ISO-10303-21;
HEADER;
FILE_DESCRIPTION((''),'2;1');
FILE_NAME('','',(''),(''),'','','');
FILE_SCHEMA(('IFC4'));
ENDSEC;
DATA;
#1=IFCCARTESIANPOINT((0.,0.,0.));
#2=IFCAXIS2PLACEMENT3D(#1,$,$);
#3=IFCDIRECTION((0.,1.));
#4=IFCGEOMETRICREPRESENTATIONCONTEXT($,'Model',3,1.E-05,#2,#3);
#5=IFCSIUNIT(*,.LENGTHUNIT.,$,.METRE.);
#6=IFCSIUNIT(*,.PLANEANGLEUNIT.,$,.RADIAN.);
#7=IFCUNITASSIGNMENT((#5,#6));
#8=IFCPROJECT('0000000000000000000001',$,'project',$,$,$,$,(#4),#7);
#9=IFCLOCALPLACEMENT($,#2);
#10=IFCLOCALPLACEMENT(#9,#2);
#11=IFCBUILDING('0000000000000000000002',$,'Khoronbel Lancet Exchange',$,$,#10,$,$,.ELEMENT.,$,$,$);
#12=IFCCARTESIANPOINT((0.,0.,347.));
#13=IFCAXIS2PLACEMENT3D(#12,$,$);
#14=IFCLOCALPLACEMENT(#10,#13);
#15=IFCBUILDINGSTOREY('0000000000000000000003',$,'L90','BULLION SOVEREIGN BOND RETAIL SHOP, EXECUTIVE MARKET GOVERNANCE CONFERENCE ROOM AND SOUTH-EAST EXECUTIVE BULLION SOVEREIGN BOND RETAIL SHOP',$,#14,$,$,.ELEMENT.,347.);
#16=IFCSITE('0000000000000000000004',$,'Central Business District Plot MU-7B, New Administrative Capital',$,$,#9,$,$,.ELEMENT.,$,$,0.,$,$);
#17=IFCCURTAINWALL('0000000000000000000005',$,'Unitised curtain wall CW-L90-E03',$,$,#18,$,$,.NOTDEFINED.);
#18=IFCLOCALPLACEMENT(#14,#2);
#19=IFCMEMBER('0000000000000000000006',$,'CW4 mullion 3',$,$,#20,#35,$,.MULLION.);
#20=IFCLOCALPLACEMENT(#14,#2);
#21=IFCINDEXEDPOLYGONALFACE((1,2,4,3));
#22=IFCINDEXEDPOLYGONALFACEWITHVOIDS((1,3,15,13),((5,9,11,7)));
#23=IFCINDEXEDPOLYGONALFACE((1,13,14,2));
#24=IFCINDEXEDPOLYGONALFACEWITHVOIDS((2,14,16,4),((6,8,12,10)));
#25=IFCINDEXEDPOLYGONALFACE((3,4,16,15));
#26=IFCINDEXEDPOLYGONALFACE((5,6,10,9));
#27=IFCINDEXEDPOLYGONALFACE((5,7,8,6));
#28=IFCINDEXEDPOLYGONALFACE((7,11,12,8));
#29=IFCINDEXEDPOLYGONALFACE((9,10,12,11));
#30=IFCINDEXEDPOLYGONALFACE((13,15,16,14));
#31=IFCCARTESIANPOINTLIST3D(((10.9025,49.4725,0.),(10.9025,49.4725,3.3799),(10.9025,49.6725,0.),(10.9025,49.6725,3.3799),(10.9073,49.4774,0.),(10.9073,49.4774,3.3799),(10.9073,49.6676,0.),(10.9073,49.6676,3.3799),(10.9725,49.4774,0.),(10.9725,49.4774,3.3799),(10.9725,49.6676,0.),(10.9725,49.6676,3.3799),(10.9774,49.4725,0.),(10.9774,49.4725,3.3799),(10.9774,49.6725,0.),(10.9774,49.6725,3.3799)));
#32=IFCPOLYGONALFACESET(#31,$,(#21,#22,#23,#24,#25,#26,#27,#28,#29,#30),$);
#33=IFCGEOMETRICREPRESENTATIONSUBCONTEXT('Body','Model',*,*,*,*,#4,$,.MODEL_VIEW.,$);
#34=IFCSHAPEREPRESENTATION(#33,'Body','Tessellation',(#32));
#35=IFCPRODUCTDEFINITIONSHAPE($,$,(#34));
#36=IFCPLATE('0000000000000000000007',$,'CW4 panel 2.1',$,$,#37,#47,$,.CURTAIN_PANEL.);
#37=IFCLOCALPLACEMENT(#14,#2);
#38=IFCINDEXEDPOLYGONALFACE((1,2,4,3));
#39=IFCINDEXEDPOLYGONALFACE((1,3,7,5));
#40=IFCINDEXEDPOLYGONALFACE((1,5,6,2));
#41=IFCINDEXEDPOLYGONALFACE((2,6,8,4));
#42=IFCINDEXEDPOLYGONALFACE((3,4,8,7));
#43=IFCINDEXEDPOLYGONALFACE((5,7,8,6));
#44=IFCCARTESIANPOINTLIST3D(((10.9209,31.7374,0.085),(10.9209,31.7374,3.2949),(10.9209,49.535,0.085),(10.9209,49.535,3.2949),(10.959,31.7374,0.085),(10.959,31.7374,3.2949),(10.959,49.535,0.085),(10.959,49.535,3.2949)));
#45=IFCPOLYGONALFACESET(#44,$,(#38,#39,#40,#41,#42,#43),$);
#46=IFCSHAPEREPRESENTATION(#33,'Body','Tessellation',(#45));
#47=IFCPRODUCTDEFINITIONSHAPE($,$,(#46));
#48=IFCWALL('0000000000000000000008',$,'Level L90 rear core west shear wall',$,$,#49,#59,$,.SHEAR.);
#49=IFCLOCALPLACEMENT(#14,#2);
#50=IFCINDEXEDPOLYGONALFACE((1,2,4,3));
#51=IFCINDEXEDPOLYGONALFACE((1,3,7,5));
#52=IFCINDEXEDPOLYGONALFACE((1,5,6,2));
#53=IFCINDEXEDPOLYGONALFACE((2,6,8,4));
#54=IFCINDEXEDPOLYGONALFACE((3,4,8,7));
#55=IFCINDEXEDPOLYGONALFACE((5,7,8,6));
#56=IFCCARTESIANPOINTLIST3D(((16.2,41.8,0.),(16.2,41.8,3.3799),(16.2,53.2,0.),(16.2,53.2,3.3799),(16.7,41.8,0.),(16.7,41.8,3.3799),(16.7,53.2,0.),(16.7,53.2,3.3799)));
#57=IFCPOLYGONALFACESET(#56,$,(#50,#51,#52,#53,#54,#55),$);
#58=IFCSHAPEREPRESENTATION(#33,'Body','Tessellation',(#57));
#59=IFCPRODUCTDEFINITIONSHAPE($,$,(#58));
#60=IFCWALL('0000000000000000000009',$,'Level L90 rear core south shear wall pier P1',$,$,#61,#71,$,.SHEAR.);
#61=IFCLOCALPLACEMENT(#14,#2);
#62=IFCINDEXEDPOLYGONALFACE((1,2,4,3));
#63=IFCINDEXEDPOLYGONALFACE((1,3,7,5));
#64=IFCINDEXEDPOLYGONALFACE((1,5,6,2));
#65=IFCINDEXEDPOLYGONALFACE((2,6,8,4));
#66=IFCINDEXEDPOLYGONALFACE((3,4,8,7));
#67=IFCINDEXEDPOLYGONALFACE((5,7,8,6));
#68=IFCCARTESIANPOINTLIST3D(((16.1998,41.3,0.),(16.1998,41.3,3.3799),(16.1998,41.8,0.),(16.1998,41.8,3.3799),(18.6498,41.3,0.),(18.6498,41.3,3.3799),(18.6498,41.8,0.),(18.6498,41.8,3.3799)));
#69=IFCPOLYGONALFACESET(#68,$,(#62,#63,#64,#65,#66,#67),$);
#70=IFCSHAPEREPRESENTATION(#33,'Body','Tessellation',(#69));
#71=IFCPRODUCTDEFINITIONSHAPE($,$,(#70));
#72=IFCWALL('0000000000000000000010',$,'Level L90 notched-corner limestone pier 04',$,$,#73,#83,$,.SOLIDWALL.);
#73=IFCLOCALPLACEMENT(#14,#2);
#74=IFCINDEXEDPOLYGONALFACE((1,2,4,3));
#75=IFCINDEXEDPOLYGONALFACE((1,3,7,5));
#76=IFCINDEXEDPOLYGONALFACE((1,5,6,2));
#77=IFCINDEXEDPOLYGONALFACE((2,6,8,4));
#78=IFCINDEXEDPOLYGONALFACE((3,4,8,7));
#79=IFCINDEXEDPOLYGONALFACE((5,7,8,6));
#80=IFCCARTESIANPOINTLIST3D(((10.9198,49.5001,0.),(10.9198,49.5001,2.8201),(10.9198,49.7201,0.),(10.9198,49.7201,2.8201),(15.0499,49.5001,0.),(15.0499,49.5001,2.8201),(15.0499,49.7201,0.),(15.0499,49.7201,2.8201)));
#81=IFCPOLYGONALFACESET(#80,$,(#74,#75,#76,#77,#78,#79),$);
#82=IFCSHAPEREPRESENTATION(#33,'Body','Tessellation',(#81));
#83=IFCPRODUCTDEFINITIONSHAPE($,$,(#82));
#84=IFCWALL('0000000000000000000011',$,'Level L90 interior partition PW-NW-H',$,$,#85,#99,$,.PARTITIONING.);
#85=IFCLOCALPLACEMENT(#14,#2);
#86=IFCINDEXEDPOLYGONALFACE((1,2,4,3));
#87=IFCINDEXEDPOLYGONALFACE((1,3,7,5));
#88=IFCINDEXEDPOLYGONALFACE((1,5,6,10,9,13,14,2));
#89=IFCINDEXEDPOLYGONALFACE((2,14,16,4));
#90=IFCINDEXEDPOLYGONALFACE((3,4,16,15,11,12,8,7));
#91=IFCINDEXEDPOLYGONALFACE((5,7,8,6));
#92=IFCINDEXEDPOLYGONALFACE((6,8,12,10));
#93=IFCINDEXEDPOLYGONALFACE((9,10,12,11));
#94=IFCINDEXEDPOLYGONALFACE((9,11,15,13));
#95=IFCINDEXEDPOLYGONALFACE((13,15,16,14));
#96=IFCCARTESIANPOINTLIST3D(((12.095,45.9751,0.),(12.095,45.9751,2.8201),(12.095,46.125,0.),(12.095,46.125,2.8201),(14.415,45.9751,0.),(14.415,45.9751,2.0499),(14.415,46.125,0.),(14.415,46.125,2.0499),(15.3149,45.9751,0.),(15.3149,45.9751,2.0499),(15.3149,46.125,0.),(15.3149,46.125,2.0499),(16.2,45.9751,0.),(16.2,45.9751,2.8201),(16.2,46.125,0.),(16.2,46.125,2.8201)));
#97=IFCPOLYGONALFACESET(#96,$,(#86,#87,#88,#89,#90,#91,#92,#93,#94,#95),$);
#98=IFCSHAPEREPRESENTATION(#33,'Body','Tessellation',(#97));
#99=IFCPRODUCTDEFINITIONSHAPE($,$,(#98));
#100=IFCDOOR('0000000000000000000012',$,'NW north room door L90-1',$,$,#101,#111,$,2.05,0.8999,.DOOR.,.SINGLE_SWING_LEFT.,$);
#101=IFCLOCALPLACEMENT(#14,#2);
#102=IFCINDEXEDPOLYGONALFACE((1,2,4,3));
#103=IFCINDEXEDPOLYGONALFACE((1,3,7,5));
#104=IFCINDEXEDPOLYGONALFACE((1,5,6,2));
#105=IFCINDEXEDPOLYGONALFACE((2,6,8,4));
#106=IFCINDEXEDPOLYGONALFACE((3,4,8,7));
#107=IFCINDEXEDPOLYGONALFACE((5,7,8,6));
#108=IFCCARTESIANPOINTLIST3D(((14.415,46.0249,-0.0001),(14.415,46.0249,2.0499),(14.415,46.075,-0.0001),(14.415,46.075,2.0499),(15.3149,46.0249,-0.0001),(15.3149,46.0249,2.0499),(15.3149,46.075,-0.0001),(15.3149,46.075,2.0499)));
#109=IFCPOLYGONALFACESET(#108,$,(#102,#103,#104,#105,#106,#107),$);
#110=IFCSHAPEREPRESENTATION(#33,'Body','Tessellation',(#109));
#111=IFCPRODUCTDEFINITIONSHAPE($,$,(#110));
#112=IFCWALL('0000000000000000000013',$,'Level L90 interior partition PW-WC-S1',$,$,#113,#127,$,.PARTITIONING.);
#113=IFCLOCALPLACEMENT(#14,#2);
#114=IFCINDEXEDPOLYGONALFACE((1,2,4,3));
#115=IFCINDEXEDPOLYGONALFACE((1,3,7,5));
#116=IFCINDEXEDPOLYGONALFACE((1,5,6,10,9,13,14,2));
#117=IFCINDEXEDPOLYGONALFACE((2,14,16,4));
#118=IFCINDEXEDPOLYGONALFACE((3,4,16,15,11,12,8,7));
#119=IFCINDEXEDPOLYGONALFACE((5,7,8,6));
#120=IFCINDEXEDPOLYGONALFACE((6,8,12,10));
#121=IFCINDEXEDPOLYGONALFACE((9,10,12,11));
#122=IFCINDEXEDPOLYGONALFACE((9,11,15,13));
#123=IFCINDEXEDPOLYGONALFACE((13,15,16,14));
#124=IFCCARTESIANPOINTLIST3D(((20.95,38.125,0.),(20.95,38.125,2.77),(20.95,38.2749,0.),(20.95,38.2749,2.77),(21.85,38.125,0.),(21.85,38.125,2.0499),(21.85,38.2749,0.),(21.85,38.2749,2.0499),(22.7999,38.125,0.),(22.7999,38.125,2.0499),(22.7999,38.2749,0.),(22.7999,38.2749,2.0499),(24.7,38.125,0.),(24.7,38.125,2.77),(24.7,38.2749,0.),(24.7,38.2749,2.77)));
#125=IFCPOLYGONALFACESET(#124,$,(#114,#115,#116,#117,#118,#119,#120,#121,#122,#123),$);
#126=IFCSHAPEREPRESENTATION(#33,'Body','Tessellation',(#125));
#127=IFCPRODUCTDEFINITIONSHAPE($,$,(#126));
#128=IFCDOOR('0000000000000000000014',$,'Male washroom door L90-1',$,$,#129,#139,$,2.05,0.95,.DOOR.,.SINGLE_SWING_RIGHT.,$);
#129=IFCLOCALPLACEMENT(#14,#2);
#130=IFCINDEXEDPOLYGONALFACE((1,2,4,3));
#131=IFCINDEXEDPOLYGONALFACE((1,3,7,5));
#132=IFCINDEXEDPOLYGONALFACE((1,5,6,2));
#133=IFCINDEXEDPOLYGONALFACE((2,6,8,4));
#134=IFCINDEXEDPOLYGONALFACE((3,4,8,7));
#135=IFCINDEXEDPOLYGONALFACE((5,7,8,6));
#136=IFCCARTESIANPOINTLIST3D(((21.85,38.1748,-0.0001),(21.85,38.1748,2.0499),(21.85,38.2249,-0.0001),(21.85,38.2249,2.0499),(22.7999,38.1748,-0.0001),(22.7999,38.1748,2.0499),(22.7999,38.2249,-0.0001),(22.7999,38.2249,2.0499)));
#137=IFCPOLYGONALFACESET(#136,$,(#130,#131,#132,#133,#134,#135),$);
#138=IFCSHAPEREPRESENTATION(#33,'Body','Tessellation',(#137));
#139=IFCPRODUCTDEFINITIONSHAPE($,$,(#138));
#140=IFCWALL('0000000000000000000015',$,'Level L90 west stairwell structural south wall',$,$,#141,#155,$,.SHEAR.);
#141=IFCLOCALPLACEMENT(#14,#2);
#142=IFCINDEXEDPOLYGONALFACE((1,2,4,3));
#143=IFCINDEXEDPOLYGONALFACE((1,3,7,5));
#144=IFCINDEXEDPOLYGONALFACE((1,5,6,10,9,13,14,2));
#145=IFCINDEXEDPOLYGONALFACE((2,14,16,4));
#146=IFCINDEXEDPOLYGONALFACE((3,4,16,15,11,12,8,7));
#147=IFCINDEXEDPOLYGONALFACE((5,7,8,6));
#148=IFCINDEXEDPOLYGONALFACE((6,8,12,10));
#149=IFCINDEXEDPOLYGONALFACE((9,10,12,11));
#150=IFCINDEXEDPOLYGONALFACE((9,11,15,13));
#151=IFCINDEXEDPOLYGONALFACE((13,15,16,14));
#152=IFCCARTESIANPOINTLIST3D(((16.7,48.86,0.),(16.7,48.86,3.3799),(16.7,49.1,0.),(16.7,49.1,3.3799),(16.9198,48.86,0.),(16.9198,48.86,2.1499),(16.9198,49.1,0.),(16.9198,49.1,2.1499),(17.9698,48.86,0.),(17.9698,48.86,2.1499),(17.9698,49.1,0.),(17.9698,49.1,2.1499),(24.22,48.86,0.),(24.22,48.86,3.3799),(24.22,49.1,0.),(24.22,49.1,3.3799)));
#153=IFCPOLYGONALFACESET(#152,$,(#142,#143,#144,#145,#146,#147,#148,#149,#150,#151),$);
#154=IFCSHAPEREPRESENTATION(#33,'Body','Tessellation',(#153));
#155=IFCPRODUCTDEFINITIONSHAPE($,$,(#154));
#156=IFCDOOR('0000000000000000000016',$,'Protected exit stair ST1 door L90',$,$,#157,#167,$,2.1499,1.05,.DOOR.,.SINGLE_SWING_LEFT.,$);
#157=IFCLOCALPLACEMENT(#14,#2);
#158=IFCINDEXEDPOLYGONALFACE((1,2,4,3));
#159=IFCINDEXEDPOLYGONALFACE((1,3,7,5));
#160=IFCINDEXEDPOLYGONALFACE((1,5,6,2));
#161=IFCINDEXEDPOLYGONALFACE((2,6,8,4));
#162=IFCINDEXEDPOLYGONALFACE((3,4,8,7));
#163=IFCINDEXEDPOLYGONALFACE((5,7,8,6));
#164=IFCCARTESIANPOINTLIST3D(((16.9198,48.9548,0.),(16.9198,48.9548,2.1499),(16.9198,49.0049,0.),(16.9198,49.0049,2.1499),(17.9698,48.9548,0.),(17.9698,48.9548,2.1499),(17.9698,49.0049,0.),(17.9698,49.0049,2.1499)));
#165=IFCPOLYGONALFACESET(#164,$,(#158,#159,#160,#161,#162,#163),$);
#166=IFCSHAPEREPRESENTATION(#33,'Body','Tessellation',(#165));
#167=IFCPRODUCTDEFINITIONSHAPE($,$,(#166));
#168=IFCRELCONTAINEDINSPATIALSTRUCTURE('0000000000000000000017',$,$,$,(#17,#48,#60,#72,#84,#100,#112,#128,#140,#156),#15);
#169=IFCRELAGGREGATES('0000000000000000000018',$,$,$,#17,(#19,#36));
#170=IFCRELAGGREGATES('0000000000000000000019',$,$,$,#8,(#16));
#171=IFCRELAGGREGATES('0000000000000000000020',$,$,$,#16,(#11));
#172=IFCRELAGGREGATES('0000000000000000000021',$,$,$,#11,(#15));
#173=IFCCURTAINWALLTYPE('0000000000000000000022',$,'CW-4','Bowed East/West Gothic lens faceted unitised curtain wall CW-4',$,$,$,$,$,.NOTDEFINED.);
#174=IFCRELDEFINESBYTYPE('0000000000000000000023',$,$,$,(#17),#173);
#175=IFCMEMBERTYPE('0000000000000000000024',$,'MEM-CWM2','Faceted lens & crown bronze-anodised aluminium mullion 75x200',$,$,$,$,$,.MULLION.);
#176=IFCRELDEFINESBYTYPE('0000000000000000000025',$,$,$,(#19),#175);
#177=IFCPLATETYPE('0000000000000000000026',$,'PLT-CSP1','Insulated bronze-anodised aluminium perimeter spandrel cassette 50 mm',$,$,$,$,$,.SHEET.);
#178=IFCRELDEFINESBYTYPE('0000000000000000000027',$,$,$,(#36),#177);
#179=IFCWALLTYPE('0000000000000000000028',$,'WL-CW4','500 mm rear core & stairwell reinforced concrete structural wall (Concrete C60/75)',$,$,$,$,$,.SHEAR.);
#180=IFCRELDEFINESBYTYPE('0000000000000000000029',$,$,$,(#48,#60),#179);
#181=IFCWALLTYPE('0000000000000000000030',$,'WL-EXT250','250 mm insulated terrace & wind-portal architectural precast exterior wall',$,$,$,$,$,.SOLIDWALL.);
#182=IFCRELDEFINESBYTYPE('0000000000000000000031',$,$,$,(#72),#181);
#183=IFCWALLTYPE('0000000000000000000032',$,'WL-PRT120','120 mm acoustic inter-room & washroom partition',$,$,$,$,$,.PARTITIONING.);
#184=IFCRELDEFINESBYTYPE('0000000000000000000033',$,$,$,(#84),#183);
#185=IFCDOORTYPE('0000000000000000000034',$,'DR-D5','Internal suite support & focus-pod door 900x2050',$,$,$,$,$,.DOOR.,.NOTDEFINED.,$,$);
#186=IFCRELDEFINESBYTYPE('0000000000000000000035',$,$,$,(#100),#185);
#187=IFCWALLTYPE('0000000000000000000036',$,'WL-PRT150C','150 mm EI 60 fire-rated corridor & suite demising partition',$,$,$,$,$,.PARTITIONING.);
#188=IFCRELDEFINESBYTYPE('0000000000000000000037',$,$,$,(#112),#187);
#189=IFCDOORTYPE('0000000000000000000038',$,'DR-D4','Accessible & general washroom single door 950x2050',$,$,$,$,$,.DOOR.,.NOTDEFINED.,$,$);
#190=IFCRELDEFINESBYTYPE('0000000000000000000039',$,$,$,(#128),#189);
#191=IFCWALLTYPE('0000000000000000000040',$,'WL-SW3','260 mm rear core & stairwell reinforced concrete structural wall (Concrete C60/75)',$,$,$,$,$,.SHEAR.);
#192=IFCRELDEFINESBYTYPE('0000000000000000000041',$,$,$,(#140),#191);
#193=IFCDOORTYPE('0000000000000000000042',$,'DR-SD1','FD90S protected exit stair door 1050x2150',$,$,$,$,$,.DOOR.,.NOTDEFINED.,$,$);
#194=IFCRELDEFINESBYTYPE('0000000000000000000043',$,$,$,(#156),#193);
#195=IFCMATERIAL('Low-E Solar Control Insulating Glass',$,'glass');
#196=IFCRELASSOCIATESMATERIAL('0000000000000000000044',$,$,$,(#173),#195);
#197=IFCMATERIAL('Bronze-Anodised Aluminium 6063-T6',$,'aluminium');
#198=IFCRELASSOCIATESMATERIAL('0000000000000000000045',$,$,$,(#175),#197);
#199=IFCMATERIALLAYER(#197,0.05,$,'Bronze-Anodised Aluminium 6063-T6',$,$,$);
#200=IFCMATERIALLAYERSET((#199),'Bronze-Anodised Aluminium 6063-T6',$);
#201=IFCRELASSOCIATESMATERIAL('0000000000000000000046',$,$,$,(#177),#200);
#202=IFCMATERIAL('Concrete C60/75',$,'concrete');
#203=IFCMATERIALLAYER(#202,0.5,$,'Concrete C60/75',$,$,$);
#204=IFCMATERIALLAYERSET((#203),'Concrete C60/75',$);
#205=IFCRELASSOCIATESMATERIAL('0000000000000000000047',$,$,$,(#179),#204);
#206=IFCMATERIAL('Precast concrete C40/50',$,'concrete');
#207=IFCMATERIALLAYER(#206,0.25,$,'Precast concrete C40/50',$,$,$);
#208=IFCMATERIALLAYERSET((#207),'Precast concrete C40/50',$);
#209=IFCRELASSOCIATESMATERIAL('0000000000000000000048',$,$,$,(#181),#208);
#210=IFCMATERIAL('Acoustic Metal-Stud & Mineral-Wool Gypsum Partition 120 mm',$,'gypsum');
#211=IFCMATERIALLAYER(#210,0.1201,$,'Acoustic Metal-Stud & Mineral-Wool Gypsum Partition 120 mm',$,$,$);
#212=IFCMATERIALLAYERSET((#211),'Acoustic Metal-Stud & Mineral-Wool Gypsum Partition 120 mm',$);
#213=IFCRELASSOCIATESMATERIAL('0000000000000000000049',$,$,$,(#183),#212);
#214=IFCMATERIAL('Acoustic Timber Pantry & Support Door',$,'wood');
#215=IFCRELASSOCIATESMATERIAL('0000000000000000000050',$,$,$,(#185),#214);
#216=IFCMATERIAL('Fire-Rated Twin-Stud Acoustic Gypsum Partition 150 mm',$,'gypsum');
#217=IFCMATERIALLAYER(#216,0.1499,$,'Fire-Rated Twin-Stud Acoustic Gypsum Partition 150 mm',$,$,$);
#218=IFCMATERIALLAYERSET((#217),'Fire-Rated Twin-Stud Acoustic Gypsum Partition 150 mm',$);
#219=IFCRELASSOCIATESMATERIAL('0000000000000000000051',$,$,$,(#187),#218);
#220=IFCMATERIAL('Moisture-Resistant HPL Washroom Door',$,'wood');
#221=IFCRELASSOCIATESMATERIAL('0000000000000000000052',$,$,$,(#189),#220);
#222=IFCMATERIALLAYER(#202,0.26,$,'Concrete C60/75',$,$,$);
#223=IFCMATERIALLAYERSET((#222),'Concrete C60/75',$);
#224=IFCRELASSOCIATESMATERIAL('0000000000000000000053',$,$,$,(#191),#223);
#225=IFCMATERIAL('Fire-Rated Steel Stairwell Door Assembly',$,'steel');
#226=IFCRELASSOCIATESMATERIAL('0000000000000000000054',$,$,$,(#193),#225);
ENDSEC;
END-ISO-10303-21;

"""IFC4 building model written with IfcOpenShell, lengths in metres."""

from ifc_helpers import new_model, si_unit, direction, frame, frame_2d, origin, origin_2d, place, context, subcontext, project, spatial, rectangle, hollow_rectangle, extrude, material, layer, layer_set, material_profile, profile_set, type_object, element, fill, aggregate, save


model = new_model("IFC4")

# Units and contexts
model_context = context("Model", 3, precision=1e-05, world=origin(), true_north=direction((0.0, 1.0)))
body_context = subcontext(model_context, "Body", "Model", "MODEL_VIEW")
ifc_project = project(units=[si_unit("LENGTHUNIT", "METRE"), si_unit("PLANEANGLEUNIT", "RADIAN")], contexts=[model_context])

# Site, building, storey
site_placement = place(None, origin())
site = spatial("IfcSite", under=ifc_project, at=site_placement, Name="Central Business District Plot MU-7B, New Administrative Capital", CompositionType="ELEMENT", RefElevation=0.0)
building_placement = place(site_placement, origin())
building = spatial("IfcBuilding", under=site, at=building_placement, Name="Khoronbel Lancet Exchange", CompositionType="ELEMENT")
storey_placement = place(building_placement, frame((0.0, 0.0, 347.0)))
storey = spatial("IfcBuildingStorey", under=building, at=storey_placement, Name="L90", Description="BULLION SOVEREIGN BOND RETAIL SHOP, EXECUTIVE MARKET GOVERNANCE CONFERENCE ROOM AND SOUTH-EAST EXECUTIVE BULLION SOVEREIGN BOND RETAIL SHOP", CompositionType="ELEMENT", Elevation=347.0)

# Shared definitions
ifc_material_1 = material(Name="Concrete C60/75", Category="concrete")

# Curtain wall, member, plate
ifc_material_2 = material(Name="Low-E Solar Control Insulating Glass", Category="glass")
curtain_wall_type = type_object("IfcCurtainWallType", Name="CW-4", Description="Bowed East/West Gothic lens faceted unitised curtain wall CW-4", PredefinedType="NOTDEFINED", material=ifc_material_2)
curtain_wall_placement = place(storey_placement, origin())
curtain_wall = element("IfcCurtainWall", 1, at=curtain_wall_placement, inside=storey, type_object=curtain_wall_type, Name="Unitised curtain wall CW-L90-E03", PredefinedType="NOTDEFINED")
ifc_material_3 = material(Name="Bronze-Anodised Aluminium 6063-T6", Category="aluminium")
ifc_material_profile_1 = material_profile(ifc_material_3, hollow_rectangle(XDim=0.075, YDim=0.2, WallThickness=0.0049, at=origin_2d()), Name="ALU MULLION 75x200")
ifc_profile_set_1 = profile_set([ifc_material_profile_1], Name="Bronze-Anodised Aluminium 6063-T6")
member_type = type_object("IfcMemberType", Name="MEM-CWM2", Description="Faceted lens & crown bronze-anodised aluminium mullion 75x200", PredefinedType="MULLION", material=ifc_profile_set_1)
member_placement = place(storey_placement, frame((10.9399, 49.5725, 0.0), z_axis=(0.0, 0.0, 1.0), x_axis=(-1.0, 0.0, 0.0)))
member = element("IfcMember", 2, at=member_placement, type_object=member_type, Name="CW4 mullion 3", PredefinedType="MULLION", context=body_context, shape_type="SweptSolid", body=[
    extrude(hollow_rectangle(XDim=0.075, YDim=0.2, WallThickness=0.0049, at=origin_2d()), origin(), (0.0, 0.0, 1.0), 3.3799),
])
ifc_layer_1 = layer(ifc_material_3, 0.05, Name="Bronze-Anodised Aluminium 6063-T6")
ifc_layer_set_1 = layer_set([ifc_layer_1], Name="Bronze-Anodised Aluminium 6063-T6")
plate_type = type_object("IfcPlateType", Name="PLT-CSP1", Description="Insulated bronze-anodised aluminium perimeter spandrel cassette 50 mm", PredefinedType="SHEET", material=ifc_layer_set_1)
plate_placement = place(storey_placement, frame((10.9399, 40.6362, 0.085), z_axis=(0.0, 0.0, 1.0), x_axis=(0.0, 1.0, 0.0)))
plate = element("IfcPlate", 3, at=plate_placement, type_object=plate_type, Name="CW4 panel 2.1", PredefinedType="CURTAIN_PANEL", context=body_context, shape_type="SweptSolid", body=[
    extrude(rectangle(XDim=17.7976, YDim=0.0381, at=origin_2d()), origin(), (0.0, 0.0, 1.0), 3.21),
])
aggregate(curtain_wall, [member, plate])

# Walls
ifc_layer_2 = layer(ifc_material_1, 0.5, Name="Concrete C60/75")
ifc_layer_set_2 = layer_set([ifc_layer_2], Name="Concrete C60/75")
wall_type_1 = type_object("IfcWallType", Name="WL-CW4", Description="500 mm rear core & stairwell reinforced concrete structural wall (Concrete C60/75)", PredefinedType="SHEAR", material=ifc_layer_set_2)
wall_1_placement = place(storey_placement, frame((16.45, 41.8, 0.0), z_axis=(0.0, 0.0, 1.0), x_axis=(0.0, 1.0, 0.0)))
element("IfcWall", 4, at=wall_1_placement, inside=storey, type_object=wall_type_1, Name="Level L90 rear core west shear wall", PredefinedType="SHEAR", context=body_context, shape_type="SweptSolid", body=[
    extrude(rectangle(XDim=11.3999, YDim=0.5, at=frame_2d((5.7, 0.0))), origin(), (0.0, 0.0, 1.0), 3.3799),
])
wall_2_placement = place(storey_placement, frame((18.6499, 41.55, 0.0), z_axis=(0.0, 0.0, 1.0), x_axis=(-1.0, 0.0, 0.0)))
element("IfcWall", 5, at=wall_2_placement, inside=storey, type_object=wall_type_1, Name="Level L90 rear core south shear wall pier P1", PredefinedType="SHEAR", context=body_context, shape_type="SweptSolid", body=[
    extrude(rectangle(XDim=2.45, YDim=0.5, at=frame_2d((1.2251, 0.0))), origin(), (0.0, 0.0, 1.0), 3.3799),
])
ifc_material_4 = material(Name="Precast concrete C40/50", Category="concrete")
ifc_layer_3 = layer(ifc_material_4, 0.25, Name="Precast concrete C40/50")
ifc_layer_set_3 = layer_set([ifc_layer_3], Name="Precast concrete C40/50")
wall_type_2 = type_object("IfcWallType", Name="WL-EXT250", Description="250 mm insulated terrace & wind-portal architectural precast exterior wall", PredefinedType="SOLIDWALL", material=ifc_layer_set_3)
wall_3_placement = place(storey_placement, frame((10.9199, 49.6101, 0.0), z_axis=(0.0, 0.0, 1.0), x_axis=(1.0, 0.0, 0.0)))
element("IfcWall", 6, at=wall_3_placement, inside=storey, type_object=wall_type_2, Name="Level L90 notched-corner limestone pier 04", PredefinedType="SOLIDWALL", context=body_context, shape_type="SweptSolid", body=[
    extrude(rectangle(XDim=4.1301, YDim=0.22, at=frame_2d((2.0649, 0.0))), origin(), (0.0, 0.0, 1.0), 2.8201),
])

# Walls, openings, doors
ifc_material_5 = material(Name="Acoustic Metal-Stud & Mineral-Wool Gypsum Partition 120 mm", Category="gypsum")
ifc_layer_4 = layer(ifc_material_5, 0.1201, Name="Acoustic Metal-Stud & Mineral-Wool Gypsum Partition 120 mm")
ifc_layer_set_4 = layer_set([ifc_layer_4], Name="Acoustic Metal-Stud & Mineral-Wool Gypsum Partition 120 mm")
wall_type_3 = type_object("IfcWallType", Name="WL-PRT120", Description="120 mm acoustic inter-room & washroom partition", PredefinedType="PARTITIONING", material=ifc_layer_set_4)
wall_4_placement = place(storey_placement, frame((12.095, 46.05, 0.0), z_axis=(0.0, 0.0, 1.0), x_axis=(1.0, 0.0, 0.0)))
wall_4 = element("IfcWall", 7, at=wall_4_placement, inside=storey, type_object=wall_type_3, Name="Level L90 interior partition PW-NW-H", PredefinedType="PARTITIONING", context=body_context, shape_type="SweptSolid", body=[
    extrude(rectangle(XDim=4.105, YDim=0.1499, at=frame_2d((2.0525, 0.0))), origin(), (0.0, 0.0, 1.0), 2.8201),
])
opening_1_placement = place(wall_4_placement, frame((2.3201, 0.0, 0.0)))
opening_1 = element("IfcOpeningElement", 8, at=opening_1_placement, cuts=wall_4, PredefinedType="OPENING", context=body_context, shape_type="SweptSolid", body=[
    extrude(rectangle(XDim=0.8999, YDim=2.05, at=frame_2d((0.45, 1.0249))), frame((0.0, 0.085, 0.0), z_axis=(0.0, -1.0, 0.0), x_axis=(1.0, 0.0, 0.0)), (0.0, 0.0, 1.0), 0.1699),
])
ifc_material_6 = material(Name="Acoustic Timber Pantry & Support Door", Category="wood")
door_type_1 = type_object("IfcDoorType", Name="DR-D5", Description="Internal suite support & focus-pod door 900x2050", OperationType="NOTDEFINED", PredefinedType="DOOR", material=ifc_material_6)
door_1_placement = place(opening_1_placement, origin())
door_1 = element("IfcDoor", 9, at=door_1_placement, inside=storey, type_object=door_type_1, Name="NW north room door L90-1", OperationType="SINGLE_SWING_LEFT", OverallHeight=2.05, OverallWidth=0.8999, PredefinedType="DOOR", context=body_context, shape_type="SweptSolid", body=[
    extrude(rectangle(XDim=0.8999, YDim=2.05, at=frame_2d((0.45, 1.0249))), frame((0.0, 0.0249, 0.0), z_axis=(0.0, -1.0, 0.0), x_axis=(1.0, 0.0, 0.0)), (0.0, 0.0, 1.0), 0.05),
])
fill(opening_1, door_1)
ifc_material_7 = material(Name="Fire-Rated Twin-Stud Acoustic Gypsum Partition 150 mm", Category="gypsum")
ifc_layer_5 = layer(ifc_material_7, 0.1499, Name="Fire-Rated Twin-Stud Acoustic Gypsum Partition 150 mm")
ifc_layer_set_5 = layer_set([ifc_layer_5], Name="Fire-Rated Twin-Stud Acoustic Gypsum Partition 150 mm")
wall_type_4 = type_object("IfcWallType", Name="WL-PRT150C", Description="150 mm EI 60 fire-rated corridor & suite demising partition", PredefinedType="PARTITIONING", material=ifc_layer_set_5)
wall_5_placement = place(storey_placement, frame((20.95, 38.2, 0.0), z_axis=(0.0, 0.0, 1.0), x_axis=(1.0, 0.0, 0.0)))
wall_5 = element("IfcWall", 10, at=wall_5_placement, inside=storey, type_object=wall_type_4, Name="Level L90 interior partition PW-WC-S1", PredefinedType="PARTITIONING", context=body_context, shape_type="SweptSolid", body=[
    extrude(rectangle(XDim=3.75, YDim=0.1499, at=frame_2d((1.875, 0.0))), origin(), (0.0, 0.0, 1.0), 2.77),
])
opening_2_placement = place(wall_5_placement, frame((0.8999, 0.0, 0.0)))
opening_2 = element("IfcOpeningElement", 11, at=opening_2_placement, cuts=wall_5, PredefinedType="OPENING", context=body_context, shape_type="SweptSolid", body=[
    extrude(rectangle(XDim=0.95, YDim=2.05, at=frame_2d((0.4751, 1.0249))), frame((0.0, 0.085, 0.0), z_axis=(0.0, -1.0, 0.0), x_axis=(1.0, 0.0, 0.0)), (0.0, 0.0, 1.0), 0.1699),
])
ifc_material_8 = material(Name="Moisture-Resistant HPL Washroom Door", Category="wood")
door_type_2 = type_object("IfcDoorType", Name="DR-D4", Description="Accessible & general washroom single door 950x2050", OperationType="NOTDEFINED", PredefinedType="DOOR", material=ifc_material_8)
door_2_placement = place(opening_2_placement, origin())
door_2 = element("IfcDoor", 12, at=door_2_placement, inside=storey, type_object=door_type_2, Name="Male washroom door L90-1", OperationType="SINGLE_SWING_RIGHT", OverallHeight=2.05, OverallWidth=0.95, PredefinedType="DOOR", context=body_context, shape_type="SweptSolid", body=[
    extrude(rectangle(XDim=0.95, YDim=2.05, at=frame_2d((0.4751, 1.0249))), frame((0.0, 0.0249, 0.0), z_axis=(0.0, -1.0, 0.0), x_axis=(1.0, 0.0, 0.0)), (0.0, 0.0, 1.0), 0.05),
])
fill(opening_2, door_2)
ifc_layer_6 = layer(ifc_material_1, 0.26, Name="Concrete C60/75")
ifc_layer_set_6 = layer_set([ifc_layer_6], Name="Concrete C60/75")
wall_type_5 = type_object("IfcWallType", Name="WL-SW3", Description="260 mm rear core & stairwell reinforced concrete structural wall (Concrete C60/75)", PredefinedType="SHEAR", material=ifc_layer_set_6)
wall_6_placement = place(storey_placement, frame((16.7, 48.98, 0.0), z_axis=(0.0, 0.0, 1.0), x_axis=(1.0, 0.0, 0.0)))
wall_6 = element("IfcWall", 13, at=wall_6_placement, inside=storey, type_object=wall_type_5, Name="Level L90 west stairwell structural south wall", PredefinedType="SHEAR", context=body_context, shape_type="SweptSolid", body=[
    extrude(rectangle(XDim=7.52, YDim=0.24, at=frame_2d((3.76, 0.0))), origin(), (0.0, 0.0, 1.0), 3.3799),
])
opening_3_placement = place(wall_6_placement, frame((0.22, 0.0, 0.0)))
opening_3 = element("IfcOpeningElement", 14, at=opening_3_placement, cuts=wall_6, PredefinedType="OPENING", context=body_context, shape_type="SweptSolid", body=[
    extrude(rectangle(XDim=1.05, YDim=2.1499, at=frame_2d((0.5249, 1.075))), frame((0.0, 0.1299, 0.0), z_axis=(0.0, -1.0, 0.0), x_axis=(1.0, 0.0, 0.0)), (0.0, 0.0, 1.0), 0.26),
])
ifc_material_9 = material(Name="Fire-Rated Steel Stairwell Door Assembly", Category="steel")
door_type_3 = type_object("IfcDoorType", Name="DR-SD1", Description="FD90S protected exit stair door 1050x2150", OperationType="NOTDEFINED", PredefinedType="DOOR", material=ifc_material_9)
door_3_placement = place(opening_3_placement, origin())
door_3 = element("IfcDoor", 15, at=door_3_placement, inside=storey, type_object=door_type_3, Name="Protected exit stair ST1 door L90", OperationType="SINGLE_SWING_LEFT", OverallHeight=2.1499, OverallWidth=1.05, PredefinedType="DOOR", context=body_context, shape_type="SweptSolid", body=[
    extrude(rectangle(XDim=1.05, YDim=2.1499, at=frame_2d((0.5249, 1.075))), frame((0.0, 0.0249, 0.0), z_axis=(0.0, -1.0, 0.0), x_axis=(1.0, 0.0, 0.0)), (0.0, 0.0, 1.0), 0.05),
])
fill(opening_3, door_3)

save(model, "model.ifc")
